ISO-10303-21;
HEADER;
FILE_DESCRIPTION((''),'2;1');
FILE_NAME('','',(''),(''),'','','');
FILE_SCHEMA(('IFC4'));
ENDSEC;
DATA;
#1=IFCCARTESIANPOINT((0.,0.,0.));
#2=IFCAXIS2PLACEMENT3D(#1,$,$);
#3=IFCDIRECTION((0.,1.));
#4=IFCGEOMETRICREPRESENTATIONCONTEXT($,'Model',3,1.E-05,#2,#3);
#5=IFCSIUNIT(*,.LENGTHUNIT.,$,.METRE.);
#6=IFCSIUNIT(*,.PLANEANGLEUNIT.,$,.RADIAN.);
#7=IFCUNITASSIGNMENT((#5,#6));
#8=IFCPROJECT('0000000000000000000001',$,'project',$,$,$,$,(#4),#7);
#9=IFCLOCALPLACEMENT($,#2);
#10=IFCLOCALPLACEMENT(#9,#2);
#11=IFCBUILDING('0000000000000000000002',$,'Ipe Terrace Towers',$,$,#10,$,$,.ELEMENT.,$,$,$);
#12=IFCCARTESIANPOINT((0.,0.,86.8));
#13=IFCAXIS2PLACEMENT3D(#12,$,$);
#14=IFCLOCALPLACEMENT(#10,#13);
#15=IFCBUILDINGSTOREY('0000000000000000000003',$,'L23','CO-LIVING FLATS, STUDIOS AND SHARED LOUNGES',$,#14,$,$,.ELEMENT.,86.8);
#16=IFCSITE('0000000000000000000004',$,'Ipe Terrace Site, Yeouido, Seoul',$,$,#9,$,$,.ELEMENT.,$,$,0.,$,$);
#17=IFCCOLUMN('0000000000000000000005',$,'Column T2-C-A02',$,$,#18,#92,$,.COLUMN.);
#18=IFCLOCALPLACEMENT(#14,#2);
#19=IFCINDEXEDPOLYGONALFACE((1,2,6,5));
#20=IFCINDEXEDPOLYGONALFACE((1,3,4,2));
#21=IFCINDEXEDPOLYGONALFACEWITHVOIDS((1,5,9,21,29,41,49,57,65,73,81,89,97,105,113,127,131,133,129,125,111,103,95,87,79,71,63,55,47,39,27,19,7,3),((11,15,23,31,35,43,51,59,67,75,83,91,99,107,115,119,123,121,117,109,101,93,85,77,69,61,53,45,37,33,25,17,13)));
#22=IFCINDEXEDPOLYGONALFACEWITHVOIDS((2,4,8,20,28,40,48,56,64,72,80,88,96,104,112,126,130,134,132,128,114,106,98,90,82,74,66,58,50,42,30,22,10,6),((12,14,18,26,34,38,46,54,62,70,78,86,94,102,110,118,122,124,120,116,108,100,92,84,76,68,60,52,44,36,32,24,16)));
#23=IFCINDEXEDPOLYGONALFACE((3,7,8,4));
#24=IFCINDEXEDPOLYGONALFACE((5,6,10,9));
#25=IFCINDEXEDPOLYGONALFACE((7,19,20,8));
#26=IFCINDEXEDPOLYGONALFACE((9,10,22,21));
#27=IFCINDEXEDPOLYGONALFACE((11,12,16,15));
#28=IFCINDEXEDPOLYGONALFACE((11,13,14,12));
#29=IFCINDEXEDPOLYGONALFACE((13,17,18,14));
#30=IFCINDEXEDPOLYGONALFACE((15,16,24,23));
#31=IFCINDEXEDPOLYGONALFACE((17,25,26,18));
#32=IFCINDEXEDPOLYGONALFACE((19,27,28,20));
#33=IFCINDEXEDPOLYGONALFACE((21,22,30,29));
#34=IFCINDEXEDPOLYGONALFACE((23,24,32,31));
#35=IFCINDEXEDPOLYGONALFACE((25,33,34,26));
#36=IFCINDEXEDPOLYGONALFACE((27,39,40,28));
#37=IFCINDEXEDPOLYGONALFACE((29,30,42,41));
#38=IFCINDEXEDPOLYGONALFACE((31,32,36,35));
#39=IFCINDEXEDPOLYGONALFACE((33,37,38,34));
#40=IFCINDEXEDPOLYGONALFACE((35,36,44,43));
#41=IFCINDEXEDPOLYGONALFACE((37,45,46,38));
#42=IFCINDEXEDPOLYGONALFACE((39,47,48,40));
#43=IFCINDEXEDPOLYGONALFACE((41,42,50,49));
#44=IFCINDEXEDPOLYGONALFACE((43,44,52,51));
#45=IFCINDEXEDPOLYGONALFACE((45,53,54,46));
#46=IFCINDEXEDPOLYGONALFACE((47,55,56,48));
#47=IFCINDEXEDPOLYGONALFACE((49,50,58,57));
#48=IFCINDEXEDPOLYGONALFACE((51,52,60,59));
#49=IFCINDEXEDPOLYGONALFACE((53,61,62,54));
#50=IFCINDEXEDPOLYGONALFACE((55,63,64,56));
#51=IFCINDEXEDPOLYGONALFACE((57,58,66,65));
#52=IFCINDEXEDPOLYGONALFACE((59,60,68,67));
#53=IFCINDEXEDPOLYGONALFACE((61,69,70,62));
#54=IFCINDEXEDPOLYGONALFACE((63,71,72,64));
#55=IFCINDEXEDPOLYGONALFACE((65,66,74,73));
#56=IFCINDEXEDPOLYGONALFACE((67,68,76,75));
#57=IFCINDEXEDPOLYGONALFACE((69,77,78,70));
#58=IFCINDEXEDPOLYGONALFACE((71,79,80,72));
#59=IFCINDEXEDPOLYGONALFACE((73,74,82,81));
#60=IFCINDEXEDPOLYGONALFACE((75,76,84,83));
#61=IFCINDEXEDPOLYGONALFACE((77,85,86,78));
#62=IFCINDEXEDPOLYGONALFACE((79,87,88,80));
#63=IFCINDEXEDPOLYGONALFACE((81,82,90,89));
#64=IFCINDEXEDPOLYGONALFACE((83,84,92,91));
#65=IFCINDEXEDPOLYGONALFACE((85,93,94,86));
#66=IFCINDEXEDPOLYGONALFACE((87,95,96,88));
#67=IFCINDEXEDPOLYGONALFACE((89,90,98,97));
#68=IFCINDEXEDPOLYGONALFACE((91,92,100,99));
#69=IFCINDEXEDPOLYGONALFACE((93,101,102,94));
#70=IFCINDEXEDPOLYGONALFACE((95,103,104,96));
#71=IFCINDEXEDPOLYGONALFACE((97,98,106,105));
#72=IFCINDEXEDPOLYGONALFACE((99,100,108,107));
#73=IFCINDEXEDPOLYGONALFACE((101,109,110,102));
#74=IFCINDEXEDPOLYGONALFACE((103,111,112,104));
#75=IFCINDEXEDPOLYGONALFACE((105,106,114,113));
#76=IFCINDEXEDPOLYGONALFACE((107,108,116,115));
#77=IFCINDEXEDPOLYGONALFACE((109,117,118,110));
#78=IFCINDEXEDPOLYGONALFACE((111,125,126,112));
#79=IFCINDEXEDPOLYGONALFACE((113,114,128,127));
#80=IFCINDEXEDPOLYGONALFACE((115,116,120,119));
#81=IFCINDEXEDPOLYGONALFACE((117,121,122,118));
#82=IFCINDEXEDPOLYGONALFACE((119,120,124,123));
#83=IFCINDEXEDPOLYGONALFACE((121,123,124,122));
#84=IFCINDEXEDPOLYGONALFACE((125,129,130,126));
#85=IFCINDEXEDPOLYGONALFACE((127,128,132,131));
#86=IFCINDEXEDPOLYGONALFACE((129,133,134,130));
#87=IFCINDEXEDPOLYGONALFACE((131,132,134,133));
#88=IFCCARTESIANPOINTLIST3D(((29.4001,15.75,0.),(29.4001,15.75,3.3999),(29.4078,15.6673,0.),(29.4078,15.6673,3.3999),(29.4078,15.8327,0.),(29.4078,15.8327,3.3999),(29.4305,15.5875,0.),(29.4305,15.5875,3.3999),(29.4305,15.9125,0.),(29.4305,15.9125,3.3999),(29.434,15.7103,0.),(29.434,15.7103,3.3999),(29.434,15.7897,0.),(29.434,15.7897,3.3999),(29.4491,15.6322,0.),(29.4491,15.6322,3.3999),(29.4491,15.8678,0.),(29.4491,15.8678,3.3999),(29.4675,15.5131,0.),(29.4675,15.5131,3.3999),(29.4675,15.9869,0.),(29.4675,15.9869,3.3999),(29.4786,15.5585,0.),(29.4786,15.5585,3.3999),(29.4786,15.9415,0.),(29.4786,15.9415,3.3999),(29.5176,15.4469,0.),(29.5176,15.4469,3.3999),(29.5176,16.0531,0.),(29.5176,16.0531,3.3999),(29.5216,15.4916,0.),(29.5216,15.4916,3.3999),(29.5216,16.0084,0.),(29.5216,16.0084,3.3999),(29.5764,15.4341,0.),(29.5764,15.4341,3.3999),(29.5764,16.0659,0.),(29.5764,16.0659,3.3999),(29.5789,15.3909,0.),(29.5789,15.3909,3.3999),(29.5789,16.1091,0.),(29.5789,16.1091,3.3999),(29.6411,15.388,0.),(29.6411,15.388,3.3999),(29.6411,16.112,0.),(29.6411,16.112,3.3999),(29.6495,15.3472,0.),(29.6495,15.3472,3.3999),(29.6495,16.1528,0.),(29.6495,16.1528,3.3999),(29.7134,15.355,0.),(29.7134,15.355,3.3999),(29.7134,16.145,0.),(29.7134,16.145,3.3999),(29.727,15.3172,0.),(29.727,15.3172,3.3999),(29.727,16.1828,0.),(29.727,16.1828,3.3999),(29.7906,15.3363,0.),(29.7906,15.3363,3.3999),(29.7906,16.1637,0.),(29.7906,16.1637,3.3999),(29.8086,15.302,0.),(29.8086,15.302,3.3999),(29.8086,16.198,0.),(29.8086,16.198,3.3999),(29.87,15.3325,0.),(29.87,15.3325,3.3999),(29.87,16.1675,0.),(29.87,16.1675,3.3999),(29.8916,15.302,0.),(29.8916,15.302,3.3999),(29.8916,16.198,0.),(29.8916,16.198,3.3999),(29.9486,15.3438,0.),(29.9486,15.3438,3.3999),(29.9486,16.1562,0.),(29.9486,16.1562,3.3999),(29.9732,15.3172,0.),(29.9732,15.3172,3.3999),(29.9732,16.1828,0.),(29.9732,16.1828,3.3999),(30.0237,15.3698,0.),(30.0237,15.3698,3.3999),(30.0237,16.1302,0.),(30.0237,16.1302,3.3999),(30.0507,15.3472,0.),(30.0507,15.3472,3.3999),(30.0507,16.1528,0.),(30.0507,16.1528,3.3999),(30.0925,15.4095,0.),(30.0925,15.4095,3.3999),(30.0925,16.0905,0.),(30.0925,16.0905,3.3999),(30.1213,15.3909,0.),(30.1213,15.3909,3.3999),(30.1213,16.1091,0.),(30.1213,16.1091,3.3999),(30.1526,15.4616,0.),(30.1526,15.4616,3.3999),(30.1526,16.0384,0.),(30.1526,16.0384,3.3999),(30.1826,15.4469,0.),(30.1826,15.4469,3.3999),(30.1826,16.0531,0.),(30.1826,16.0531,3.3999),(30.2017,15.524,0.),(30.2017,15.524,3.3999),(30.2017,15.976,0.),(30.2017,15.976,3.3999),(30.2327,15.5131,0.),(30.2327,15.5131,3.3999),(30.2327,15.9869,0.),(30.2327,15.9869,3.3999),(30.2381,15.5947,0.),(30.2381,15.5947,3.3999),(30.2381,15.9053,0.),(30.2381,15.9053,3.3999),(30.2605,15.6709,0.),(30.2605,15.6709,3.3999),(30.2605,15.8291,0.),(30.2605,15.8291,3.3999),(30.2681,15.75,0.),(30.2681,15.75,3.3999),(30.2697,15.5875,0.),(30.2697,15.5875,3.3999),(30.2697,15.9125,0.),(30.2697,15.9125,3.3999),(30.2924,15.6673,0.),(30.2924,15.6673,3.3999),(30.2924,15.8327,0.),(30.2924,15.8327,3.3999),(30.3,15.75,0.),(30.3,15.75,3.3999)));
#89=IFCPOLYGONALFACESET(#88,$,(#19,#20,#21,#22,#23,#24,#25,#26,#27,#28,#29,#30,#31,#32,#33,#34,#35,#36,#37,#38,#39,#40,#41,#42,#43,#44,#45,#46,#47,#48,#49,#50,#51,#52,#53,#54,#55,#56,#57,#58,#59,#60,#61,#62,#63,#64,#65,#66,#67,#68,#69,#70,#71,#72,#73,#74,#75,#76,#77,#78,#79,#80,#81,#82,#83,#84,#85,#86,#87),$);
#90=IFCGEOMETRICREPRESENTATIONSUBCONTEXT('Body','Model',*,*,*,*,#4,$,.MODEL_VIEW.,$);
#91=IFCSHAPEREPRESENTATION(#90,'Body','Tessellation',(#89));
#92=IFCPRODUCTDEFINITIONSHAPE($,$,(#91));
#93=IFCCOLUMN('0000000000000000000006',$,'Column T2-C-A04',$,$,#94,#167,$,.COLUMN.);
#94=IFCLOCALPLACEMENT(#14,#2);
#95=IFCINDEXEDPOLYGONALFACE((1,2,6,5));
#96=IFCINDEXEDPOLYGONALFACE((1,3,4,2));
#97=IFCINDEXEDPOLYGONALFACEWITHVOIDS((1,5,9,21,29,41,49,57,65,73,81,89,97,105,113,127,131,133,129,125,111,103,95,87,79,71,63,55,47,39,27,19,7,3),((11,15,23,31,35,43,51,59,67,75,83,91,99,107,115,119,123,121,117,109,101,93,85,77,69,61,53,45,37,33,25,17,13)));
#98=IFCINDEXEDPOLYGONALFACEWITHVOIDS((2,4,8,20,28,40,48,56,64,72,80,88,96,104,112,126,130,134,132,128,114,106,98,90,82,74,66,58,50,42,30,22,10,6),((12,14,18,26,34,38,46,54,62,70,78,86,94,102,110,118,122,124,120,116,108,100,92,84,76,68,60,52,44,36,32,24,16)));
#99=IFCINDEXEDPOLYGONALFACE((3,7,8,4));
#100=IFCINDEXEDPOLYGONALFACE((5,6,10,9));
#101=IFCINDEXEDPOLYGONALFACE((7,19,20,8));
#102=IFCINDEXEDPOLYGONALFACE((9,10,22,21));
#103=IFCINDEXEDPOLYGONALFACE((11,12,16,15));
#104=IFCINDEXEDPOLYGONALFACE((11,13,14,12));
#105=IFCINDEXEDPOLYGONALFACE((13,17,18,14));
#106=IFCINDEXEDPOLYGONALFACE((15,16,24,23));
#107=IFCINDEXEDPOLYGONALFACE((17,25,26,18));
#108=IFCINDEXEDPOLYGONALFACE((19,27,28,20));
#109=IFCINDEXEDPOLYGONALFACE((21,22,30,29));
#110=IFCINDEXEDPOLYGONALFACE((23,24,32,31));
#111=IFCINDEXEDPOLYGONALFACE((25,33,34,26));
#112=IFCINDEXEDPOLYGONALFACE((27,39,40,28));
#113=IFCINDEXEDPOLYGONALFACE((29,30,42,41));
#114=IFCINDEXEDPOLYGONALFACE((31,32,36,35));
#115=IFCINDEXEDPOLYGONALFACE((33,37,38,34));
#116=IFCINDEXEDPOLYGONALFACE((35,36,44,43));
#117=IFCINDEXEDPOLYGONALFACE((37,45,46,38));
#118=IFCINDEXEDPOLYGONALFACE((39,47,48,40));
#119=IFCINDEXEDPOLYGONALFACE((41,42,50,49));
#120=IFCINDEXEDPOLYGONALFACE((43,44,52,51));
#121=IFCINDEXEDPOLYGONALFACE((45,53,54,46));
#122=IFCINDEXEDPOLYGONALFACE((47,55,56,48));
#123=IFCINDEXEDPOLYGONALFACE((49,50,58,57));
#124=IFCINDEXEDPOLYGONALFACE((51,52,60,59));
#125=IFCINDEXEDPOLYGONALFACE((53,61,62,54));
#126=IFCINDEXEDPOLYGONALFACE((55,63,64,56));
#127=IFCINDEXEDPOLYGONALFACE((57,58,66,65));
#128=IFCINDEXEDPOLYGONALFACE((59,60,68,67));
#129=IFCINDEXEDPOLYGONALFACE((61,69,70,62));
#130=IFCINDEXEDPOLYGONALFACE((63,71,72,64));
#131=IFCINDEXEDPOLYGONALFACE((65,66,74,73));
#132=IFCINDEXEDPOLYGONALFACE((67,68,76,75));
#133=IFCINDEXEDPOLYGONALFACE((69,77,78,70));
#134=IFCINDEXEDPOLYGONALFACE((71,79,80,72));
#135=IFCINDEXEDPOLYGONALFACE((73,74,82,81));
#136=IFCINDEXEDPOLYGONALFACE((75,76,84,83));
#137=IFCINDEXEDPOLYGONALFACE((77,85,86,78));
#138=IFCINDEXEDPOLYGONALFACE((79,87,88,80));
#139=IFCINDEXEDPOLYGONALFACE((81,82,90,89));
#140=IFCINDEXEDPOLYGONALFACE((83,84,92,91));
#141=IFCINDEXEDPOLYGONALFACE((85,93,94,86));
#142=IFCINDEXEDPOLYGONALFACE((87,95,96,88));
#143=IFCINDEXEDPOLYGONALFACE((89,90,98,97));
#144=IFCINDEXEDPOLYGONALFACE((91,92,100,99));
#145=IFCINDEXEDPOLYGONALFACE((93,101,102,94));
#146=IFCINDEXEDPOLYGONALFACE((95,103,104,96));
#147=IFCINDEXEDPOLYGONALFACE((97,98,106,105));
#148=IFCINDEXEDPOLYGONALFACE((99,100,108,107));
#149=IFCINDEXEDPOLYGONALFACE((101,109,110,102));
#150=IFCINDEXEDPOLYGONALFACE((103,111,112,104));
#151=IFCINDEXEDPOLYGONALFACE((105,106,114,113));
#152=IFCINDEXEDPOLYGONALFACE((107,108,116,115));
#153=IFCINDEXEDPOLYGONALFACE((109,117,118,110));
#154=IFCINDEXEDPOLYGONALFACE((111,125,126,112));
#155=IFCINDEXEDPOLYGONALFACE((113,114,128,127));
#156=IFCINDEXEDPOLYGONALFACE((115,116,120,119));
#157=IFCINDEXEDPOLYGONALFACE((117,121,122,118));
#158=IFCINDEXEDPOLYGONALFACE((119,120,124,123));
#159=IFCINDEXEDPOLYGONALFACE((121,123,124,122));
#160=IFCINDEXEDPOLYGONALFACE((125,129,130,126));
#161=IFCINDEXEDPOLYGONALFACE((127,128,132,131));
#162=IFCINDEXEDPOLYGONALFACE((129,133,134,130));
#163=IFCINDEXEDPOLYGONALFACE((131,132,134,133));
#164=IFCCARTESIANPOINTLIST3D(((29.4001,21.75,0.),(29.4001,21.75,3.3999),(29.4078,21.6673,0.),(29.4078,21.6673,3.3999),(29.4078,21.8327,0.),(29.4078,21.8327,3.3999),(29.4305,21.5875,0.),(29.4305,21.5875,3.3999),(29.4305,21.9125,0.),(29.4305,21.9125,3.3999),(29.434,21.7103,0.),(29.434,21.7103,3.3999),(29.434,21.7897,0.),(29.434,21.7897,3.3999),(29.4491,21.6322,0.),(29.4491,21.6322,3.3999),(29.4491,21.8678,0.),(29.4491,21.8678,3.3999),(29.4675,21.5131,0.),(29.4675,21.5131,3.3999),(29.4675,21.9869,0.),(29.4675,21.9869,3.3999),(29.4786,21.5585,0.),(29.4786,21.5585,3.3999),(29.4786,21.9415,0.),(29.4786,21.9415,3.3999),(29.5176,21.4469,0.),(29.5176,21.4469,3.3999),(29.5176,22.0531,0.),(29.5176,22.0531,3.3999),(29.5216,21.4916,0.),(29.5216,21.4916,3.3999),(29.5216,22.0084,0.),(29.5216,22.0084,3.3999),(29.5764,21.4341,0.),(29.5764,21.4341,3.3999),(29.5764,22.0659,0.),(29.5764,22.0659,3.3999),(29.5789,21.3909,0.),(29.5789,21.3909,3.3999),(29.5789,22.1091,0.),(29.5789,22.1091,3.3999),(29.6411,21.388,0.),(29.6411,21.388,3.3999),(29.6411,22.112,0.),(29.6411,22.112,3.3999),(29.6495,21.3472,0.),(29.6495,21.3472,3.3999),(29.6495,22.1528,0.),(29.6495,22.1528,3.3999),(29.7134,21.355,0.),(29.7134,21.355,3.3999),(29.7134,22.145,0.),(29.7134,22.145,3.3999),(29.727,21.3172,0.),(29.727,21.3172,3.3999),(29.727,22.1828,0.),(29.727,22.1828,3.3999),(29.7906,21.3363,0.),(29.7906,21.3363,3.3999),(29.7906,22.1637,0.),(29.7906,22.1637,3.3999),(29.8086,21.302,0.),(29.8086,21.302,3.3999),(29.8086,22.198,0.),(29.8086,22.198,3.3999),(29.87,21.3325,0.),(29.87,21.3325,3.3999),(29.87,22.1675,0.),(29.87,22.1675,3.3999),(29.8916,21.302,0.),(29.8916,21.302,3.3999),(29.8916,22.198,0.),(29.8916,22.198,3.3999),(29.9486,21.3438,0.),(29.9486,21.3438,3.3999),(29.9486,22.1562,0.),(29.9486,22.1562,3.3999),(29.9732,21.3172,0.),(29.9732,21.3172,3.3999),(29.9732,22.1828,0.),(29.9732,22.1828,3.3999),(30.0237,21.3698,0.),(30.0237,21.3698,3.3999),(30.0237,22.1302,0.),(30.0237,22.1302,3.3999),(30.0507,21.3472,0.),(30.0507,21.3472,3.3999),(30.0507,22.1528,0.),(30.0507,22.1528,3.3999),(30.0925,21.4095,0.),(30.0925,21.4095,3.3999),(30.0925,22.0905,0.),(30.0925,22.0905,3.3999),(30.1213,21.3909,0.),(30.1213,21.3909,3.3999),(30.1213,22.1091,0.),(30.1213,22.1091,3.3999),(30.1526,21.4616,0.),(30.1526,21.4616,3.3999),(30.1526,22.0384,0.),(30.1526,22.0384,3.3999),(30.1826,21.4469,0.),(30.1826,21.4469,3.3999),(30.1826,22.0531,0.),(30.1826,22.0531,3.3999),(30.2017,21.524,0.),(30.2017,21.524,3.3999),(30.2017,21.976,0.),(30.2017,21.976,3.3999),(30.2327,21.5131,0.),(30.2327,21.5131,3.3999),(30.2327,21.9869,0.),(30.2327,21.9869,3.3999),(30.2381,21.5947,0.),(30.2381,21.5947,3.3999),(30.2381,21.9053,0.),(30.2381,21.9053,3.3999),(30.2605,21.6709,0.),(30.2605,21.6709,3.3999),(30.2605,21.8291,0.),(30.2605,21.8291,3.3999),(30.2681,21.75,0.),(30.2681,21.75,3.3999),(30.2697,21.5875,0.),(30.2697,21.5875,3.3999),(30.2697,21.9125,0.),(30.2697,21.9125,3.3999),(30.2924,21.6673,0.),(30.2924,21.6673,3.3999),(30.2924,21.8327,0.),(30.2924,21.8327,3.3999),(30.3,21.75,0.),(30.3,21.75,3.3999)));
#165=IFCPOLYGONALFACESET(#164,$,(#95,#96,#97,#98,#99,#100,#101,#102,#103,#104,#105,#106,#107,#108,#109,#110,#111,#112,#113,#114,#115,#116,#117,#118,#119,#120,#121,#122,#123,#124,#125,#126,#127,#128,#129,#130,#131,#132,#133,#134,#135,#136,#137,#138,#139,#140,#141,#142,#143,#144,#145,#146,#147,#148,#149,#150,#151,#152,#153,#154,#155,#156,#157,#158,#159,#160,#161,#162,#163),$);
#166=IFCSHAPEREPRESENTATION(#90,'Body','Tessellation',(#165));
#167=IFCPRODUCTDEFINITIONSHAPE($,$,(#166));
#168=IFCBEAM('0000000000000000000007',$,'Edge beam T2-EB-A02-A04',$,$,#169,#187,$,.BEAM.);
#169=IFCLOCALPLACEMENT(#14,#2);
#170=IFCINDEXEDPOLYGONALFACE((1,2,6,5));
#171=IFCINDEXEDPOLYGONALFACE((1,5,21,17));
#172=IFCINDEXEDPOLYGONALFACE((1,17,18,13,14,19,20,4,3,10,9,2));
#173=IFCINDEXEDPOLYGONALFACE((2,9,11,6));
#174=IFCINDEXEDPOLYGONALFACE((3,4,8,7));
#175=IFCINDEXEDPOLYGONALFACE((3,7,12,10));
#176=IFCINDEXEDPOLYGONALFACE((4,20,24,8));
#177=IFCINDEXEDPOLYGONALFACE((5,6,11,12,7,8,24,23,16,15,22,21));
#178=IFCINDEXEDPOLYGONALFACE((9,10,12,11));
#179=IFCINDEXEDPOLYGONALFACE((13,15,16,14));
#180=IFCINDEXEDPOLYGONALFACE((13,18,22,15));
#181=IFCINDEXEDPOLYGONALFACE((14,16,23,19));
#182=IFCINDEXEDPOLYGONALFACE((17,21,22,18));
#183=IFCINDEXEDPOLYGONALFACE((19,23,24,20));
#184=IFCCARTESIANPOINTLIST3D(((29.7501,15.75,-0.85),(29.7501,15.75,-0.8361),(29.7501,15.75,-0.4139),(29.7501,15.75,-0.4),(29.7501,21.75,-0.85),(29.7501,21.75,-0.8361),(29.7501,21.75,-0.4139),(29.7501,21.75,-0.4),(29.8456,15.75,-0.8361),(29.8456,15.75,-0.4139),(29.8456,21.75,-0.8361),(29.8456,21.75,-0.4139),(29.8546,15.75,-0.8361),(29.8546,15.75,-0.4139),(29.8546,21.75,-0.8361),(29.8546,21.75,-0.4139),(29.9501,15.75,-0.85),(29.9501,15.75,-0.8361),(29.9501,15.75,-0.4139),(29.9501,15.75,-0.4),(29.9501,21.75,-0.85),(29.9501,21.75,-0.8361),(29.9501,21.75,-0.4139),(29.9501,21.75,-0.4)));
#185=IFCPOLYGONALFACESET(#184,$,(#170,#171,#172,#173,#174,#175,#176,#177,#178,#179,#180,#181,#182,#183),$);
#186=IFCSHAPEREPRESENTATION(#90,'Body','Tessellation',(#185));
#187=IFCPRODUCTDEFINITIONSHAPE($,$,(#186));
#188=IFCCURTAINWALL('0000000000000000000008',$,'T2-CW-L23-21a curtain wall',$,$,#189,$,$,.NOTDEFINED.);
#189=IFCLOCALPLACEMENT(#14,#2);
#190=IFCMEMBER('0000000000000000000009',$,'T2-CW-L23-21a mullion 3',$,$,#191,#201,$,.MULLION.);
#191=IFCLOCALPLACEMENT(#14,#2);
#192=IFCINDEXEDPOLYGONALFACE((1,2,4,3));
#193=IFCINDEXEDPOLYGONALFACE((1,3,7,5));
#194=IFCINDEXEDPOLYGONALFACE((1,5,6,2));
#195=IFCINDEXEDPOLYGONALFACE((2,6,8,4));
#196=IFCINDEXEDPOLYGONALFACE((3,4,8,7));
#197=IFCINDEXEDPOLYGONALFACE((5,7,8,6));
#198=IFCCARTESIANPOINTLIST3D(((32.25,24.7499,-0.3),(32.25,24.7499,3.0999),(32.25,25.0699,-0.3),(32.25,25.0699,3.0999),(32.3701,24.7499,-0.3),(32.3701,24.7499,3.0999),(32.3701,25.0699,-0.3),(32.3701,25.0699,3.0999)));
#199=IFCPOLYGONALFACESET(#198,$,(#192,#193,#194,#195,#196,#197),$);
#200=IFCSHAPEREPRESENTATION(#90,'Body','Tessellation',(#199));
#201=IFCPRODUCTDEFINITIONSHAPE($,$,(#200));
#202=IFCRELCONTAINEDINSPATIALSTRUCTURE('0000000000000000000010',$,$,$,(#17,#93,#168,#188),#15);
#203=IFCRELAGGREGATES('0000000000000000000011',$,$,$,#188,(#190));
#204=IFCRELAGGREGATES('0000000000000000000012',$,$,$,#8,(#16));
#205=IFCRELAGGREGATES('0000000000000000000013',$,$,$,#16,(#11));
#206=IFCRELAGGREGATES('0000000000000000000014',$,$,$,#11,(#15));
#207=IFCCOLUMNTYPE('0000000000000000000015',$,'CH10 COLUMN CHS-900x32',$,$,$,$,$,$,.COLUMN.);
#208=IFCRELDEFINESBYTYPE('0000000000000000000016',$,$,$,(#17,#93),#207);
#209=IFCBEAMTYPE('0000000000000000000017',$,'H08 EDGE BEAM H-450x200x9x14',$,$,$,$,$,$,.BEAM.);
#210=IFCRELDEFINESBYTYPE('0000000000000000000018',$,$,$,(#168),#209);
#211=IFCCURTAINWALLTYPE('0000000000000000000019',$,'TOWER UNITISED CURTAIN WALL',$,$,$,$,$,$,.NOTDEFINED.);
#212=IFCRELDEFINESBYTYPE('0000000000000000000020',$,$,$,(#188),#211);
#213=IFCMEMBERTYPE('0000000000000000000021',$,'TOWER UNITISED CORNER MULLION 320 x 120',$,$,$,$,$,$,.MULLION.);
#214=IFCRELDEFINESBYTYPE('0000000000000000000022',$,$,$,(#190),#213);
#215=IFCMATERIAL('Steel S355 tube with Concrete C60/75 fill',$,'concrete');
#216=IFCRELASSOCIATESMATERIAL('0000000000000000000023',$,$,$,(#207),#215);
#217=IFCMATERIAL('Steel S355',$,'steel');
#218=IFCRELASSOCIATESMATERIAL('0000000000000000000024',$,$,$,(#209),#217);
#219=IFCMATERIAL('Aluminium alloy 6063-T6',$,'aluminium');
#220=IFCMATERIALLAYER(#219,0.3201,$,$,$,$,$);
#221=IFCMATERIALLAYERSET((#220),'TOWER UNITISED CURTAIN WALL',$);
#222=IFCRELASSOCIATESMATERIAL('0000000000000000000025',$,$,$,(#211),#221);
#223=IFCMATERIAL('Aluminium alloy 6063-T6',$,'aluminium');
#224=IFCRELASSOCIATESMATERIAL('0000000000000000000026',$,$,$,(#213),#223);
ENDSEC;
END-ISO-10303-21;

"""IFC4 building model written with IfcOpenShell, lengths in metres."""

from ifc_helpers import new_model, si_unit, direction, frame, origin, origin_2d, place, context, subcontext, project, spatial, rectangle, hollow_circle, i_section, extrude, material, layer, layer_set, material_profile, profile_set, type_object, element, aggregate, save


model = new_model("IFC4")

# Units and contexts
model_context = context("Model", 3, precision=1e-05, world=origin(), true_north=direction((0.0, 1.0)))
body_context = subcontext(model_context, "Body", "Model", "MODEL_VIEW")
ifc_project = project(units=[si_unit("LENGTHUNIT", "METRE"), si_unit("PLANEANGLEUNIT", "RADIAN")], contexts=[model_context])

# Site, building, storey
site_placement = place(None, origin())
site = spatial("IfcSite", under=ifc_project, at=site_placement, Name="Ipe Terrace Site, Yeouido, Seoul", CompositionType="ELEMENT", RefElevation=0.0)
building_placement = place(site_placement, origin())
building = spatial("IfcBuilding", under=site, at=building_placement, Name="Ipe Terrace Towers", CompositionType="ELEMENT")
storey_placement = place(building_placement, frame((0.0, 0.0, 86.8)))
storey = spatial("IfcBuildingStorey", under=building, at=storey_placement, Name="L23", Description="CO-LIVING FLATS, STUDIOS AND SHARED LOUNGES", CompositionType="ELEMENT", Elevation=86.8)

# Columns
ifc_material_1 = material(Name="Steel S355 tube with Concrete C60/75 fill", Category="concrete")
ifc_material_profile_1 = material_profile(ifc_material_1, hollow_circle(Radius=0.45, WallThickness=0.032, at=origin_2d()), Name="CHS-900x32")
ifc_profile_set_1 = profile_set([ifc_material_profile_1], Name="Steel S355 tube with Concrete C60/75 fill")
column_type = type_object("IfcColumnType", Name="CH10 COLUMN CHS-900x32", PredefinedType="COLUMN", material=ifc_profile_set_1)
for number, where, z_axis, x_axis, name in (
    (1, (29.8501, 15.75, 0.0), (0.0, 0.0, 1.0), (1.0, 0.0, 0.0), "Column T2-C-A02"),
    (2, (29.8501, 21.75, 0.0), (0.0, 0.0, 1.0), (1.0, 0.0, 0.0), "Column T2-C-A04"),
):
    element("IfcColumn", number, at=place(storey_placement, frame(where, z_axis=z_axis, x_axis=x_axis)), inside=storey, type_object=column_type, Name=name, PredefinedType="COLUMN", context=body_context, shape_type="SweptSolid", body=[
        extrude(hollow_circle(Radius=0.45, WallThickness=0.032, at=origin_2d()), origin(), (0.0, 0.0, 1.0), 3.3999),
    ])

# Beam
ifc_material_2 = material(Name="Steel S355", Category="steel")
ifc_material_profile_2 = material_profile(ifc_material_2, i_section(OverallWidth=0.2, OverallDepth=0.45, WebThickness=0.009, FlangeThickness=0.0139, at=origin_2d()), Name="H-450x200x9x14")
ifc_profile_set_2 = profile_set([ifc_material_profile_2], Name="Steel S355")
beam_type = type_object("IfcBeamType", Name="H08 EDGE BEAM H-450x200x9x14", PredefinedType="BEAM", material=ifc_profile_set_2)
beam_placement = place(storey_placement, frame((29.8501, 15.75, -0.625), z_axis=(0.0, 1.0, 0.0), x_axis=(-1.0, 0.0, 0.0)))
element("IfcBeam", 3, at=beam_placement, inside=storey, type_object=beam_type, Name="Edge beam T2-EB-A02-A04", PredefinedType="BEAM", context=body_context, shape_type="SweptSolid", body=[
    extrude(i_section(OverallWidth=0.2, OverallDepth=0.45, WebThickness=0.009, FlangeThickness=0.0139, at=origin_2d()), origin(), (0.0, 0.0, 1.0), 6.0),
])

# Curtain wall, member
ifc_material_3 = material(Name="Aluminium alloy 6063-T6", Category="aluminium")
ifc_layer_1 = layer(ifc_material_3, 0.3201)
ifc_layer_set_1 = layer_set([ifc_layer_1], Name="TOWER UNITISED CURTAIN WALL")
curtain_wall_type = type_object("IfcCurtainWallType", Name="TOWER UNITISED CURTAIN WALL", PredefinedType="NOTDEFINED", material=ifc_layer_set_1)
curtain_wall_1_placement = place(storey_placement, origin())
curtain_wall_1 = element("IfcCurtainWall", 4, at=curtain_wall_1_placement, inside=storey, type_object=curtain_wall_type, Name="T2-CW-L23-21a curtain wall", PredefinedType="NOTDEFINED")
ifc_material_4 = material(Name="Aluminium alloy 6063-T6", Category="aluminium")
ifc_material_profile_3 = material_profile(ifc_material_4, rectangle(XDim=0.3201, YDim=0.1201, at=origin_2d()), Name="TOWER UNITISED CORNER MULLION 320 x 120")
ifc_profile_set_3 = profile_set([ifc_material_profile_3], Name="Aluminium alloy 6063-T6")
member_type = type_object("IfcMemberType", Name="TOWER UNITISED CORNER MULLION 320 x 120", PredefinedType="MULLION", material=ifc_profile_set_3)
member_1_placement = place(storey_placement, frame((32.3101, 24.9099, -0.3), z_axis=(0.0, 0.0, 1.0), x_axis=(0.0, 1.0, 0.0)))
member_1 = element("IfcMember", 5, at=member_1_placement, type_object=member_type, Name="T2-CW-L23-21a mullion 3", PredefinedType="MULLION", context=body_context, shape_type="SweptSolid", body=[
    extrude(rectangle(XDim=0.3201, YDim=0.1201, at=origin_2d()), origin(), (0.0, 0.0, 1.0), 3.3999),
])

aggregate(curtain_wall_1, [member_1])

save(model, "model.ifc")
